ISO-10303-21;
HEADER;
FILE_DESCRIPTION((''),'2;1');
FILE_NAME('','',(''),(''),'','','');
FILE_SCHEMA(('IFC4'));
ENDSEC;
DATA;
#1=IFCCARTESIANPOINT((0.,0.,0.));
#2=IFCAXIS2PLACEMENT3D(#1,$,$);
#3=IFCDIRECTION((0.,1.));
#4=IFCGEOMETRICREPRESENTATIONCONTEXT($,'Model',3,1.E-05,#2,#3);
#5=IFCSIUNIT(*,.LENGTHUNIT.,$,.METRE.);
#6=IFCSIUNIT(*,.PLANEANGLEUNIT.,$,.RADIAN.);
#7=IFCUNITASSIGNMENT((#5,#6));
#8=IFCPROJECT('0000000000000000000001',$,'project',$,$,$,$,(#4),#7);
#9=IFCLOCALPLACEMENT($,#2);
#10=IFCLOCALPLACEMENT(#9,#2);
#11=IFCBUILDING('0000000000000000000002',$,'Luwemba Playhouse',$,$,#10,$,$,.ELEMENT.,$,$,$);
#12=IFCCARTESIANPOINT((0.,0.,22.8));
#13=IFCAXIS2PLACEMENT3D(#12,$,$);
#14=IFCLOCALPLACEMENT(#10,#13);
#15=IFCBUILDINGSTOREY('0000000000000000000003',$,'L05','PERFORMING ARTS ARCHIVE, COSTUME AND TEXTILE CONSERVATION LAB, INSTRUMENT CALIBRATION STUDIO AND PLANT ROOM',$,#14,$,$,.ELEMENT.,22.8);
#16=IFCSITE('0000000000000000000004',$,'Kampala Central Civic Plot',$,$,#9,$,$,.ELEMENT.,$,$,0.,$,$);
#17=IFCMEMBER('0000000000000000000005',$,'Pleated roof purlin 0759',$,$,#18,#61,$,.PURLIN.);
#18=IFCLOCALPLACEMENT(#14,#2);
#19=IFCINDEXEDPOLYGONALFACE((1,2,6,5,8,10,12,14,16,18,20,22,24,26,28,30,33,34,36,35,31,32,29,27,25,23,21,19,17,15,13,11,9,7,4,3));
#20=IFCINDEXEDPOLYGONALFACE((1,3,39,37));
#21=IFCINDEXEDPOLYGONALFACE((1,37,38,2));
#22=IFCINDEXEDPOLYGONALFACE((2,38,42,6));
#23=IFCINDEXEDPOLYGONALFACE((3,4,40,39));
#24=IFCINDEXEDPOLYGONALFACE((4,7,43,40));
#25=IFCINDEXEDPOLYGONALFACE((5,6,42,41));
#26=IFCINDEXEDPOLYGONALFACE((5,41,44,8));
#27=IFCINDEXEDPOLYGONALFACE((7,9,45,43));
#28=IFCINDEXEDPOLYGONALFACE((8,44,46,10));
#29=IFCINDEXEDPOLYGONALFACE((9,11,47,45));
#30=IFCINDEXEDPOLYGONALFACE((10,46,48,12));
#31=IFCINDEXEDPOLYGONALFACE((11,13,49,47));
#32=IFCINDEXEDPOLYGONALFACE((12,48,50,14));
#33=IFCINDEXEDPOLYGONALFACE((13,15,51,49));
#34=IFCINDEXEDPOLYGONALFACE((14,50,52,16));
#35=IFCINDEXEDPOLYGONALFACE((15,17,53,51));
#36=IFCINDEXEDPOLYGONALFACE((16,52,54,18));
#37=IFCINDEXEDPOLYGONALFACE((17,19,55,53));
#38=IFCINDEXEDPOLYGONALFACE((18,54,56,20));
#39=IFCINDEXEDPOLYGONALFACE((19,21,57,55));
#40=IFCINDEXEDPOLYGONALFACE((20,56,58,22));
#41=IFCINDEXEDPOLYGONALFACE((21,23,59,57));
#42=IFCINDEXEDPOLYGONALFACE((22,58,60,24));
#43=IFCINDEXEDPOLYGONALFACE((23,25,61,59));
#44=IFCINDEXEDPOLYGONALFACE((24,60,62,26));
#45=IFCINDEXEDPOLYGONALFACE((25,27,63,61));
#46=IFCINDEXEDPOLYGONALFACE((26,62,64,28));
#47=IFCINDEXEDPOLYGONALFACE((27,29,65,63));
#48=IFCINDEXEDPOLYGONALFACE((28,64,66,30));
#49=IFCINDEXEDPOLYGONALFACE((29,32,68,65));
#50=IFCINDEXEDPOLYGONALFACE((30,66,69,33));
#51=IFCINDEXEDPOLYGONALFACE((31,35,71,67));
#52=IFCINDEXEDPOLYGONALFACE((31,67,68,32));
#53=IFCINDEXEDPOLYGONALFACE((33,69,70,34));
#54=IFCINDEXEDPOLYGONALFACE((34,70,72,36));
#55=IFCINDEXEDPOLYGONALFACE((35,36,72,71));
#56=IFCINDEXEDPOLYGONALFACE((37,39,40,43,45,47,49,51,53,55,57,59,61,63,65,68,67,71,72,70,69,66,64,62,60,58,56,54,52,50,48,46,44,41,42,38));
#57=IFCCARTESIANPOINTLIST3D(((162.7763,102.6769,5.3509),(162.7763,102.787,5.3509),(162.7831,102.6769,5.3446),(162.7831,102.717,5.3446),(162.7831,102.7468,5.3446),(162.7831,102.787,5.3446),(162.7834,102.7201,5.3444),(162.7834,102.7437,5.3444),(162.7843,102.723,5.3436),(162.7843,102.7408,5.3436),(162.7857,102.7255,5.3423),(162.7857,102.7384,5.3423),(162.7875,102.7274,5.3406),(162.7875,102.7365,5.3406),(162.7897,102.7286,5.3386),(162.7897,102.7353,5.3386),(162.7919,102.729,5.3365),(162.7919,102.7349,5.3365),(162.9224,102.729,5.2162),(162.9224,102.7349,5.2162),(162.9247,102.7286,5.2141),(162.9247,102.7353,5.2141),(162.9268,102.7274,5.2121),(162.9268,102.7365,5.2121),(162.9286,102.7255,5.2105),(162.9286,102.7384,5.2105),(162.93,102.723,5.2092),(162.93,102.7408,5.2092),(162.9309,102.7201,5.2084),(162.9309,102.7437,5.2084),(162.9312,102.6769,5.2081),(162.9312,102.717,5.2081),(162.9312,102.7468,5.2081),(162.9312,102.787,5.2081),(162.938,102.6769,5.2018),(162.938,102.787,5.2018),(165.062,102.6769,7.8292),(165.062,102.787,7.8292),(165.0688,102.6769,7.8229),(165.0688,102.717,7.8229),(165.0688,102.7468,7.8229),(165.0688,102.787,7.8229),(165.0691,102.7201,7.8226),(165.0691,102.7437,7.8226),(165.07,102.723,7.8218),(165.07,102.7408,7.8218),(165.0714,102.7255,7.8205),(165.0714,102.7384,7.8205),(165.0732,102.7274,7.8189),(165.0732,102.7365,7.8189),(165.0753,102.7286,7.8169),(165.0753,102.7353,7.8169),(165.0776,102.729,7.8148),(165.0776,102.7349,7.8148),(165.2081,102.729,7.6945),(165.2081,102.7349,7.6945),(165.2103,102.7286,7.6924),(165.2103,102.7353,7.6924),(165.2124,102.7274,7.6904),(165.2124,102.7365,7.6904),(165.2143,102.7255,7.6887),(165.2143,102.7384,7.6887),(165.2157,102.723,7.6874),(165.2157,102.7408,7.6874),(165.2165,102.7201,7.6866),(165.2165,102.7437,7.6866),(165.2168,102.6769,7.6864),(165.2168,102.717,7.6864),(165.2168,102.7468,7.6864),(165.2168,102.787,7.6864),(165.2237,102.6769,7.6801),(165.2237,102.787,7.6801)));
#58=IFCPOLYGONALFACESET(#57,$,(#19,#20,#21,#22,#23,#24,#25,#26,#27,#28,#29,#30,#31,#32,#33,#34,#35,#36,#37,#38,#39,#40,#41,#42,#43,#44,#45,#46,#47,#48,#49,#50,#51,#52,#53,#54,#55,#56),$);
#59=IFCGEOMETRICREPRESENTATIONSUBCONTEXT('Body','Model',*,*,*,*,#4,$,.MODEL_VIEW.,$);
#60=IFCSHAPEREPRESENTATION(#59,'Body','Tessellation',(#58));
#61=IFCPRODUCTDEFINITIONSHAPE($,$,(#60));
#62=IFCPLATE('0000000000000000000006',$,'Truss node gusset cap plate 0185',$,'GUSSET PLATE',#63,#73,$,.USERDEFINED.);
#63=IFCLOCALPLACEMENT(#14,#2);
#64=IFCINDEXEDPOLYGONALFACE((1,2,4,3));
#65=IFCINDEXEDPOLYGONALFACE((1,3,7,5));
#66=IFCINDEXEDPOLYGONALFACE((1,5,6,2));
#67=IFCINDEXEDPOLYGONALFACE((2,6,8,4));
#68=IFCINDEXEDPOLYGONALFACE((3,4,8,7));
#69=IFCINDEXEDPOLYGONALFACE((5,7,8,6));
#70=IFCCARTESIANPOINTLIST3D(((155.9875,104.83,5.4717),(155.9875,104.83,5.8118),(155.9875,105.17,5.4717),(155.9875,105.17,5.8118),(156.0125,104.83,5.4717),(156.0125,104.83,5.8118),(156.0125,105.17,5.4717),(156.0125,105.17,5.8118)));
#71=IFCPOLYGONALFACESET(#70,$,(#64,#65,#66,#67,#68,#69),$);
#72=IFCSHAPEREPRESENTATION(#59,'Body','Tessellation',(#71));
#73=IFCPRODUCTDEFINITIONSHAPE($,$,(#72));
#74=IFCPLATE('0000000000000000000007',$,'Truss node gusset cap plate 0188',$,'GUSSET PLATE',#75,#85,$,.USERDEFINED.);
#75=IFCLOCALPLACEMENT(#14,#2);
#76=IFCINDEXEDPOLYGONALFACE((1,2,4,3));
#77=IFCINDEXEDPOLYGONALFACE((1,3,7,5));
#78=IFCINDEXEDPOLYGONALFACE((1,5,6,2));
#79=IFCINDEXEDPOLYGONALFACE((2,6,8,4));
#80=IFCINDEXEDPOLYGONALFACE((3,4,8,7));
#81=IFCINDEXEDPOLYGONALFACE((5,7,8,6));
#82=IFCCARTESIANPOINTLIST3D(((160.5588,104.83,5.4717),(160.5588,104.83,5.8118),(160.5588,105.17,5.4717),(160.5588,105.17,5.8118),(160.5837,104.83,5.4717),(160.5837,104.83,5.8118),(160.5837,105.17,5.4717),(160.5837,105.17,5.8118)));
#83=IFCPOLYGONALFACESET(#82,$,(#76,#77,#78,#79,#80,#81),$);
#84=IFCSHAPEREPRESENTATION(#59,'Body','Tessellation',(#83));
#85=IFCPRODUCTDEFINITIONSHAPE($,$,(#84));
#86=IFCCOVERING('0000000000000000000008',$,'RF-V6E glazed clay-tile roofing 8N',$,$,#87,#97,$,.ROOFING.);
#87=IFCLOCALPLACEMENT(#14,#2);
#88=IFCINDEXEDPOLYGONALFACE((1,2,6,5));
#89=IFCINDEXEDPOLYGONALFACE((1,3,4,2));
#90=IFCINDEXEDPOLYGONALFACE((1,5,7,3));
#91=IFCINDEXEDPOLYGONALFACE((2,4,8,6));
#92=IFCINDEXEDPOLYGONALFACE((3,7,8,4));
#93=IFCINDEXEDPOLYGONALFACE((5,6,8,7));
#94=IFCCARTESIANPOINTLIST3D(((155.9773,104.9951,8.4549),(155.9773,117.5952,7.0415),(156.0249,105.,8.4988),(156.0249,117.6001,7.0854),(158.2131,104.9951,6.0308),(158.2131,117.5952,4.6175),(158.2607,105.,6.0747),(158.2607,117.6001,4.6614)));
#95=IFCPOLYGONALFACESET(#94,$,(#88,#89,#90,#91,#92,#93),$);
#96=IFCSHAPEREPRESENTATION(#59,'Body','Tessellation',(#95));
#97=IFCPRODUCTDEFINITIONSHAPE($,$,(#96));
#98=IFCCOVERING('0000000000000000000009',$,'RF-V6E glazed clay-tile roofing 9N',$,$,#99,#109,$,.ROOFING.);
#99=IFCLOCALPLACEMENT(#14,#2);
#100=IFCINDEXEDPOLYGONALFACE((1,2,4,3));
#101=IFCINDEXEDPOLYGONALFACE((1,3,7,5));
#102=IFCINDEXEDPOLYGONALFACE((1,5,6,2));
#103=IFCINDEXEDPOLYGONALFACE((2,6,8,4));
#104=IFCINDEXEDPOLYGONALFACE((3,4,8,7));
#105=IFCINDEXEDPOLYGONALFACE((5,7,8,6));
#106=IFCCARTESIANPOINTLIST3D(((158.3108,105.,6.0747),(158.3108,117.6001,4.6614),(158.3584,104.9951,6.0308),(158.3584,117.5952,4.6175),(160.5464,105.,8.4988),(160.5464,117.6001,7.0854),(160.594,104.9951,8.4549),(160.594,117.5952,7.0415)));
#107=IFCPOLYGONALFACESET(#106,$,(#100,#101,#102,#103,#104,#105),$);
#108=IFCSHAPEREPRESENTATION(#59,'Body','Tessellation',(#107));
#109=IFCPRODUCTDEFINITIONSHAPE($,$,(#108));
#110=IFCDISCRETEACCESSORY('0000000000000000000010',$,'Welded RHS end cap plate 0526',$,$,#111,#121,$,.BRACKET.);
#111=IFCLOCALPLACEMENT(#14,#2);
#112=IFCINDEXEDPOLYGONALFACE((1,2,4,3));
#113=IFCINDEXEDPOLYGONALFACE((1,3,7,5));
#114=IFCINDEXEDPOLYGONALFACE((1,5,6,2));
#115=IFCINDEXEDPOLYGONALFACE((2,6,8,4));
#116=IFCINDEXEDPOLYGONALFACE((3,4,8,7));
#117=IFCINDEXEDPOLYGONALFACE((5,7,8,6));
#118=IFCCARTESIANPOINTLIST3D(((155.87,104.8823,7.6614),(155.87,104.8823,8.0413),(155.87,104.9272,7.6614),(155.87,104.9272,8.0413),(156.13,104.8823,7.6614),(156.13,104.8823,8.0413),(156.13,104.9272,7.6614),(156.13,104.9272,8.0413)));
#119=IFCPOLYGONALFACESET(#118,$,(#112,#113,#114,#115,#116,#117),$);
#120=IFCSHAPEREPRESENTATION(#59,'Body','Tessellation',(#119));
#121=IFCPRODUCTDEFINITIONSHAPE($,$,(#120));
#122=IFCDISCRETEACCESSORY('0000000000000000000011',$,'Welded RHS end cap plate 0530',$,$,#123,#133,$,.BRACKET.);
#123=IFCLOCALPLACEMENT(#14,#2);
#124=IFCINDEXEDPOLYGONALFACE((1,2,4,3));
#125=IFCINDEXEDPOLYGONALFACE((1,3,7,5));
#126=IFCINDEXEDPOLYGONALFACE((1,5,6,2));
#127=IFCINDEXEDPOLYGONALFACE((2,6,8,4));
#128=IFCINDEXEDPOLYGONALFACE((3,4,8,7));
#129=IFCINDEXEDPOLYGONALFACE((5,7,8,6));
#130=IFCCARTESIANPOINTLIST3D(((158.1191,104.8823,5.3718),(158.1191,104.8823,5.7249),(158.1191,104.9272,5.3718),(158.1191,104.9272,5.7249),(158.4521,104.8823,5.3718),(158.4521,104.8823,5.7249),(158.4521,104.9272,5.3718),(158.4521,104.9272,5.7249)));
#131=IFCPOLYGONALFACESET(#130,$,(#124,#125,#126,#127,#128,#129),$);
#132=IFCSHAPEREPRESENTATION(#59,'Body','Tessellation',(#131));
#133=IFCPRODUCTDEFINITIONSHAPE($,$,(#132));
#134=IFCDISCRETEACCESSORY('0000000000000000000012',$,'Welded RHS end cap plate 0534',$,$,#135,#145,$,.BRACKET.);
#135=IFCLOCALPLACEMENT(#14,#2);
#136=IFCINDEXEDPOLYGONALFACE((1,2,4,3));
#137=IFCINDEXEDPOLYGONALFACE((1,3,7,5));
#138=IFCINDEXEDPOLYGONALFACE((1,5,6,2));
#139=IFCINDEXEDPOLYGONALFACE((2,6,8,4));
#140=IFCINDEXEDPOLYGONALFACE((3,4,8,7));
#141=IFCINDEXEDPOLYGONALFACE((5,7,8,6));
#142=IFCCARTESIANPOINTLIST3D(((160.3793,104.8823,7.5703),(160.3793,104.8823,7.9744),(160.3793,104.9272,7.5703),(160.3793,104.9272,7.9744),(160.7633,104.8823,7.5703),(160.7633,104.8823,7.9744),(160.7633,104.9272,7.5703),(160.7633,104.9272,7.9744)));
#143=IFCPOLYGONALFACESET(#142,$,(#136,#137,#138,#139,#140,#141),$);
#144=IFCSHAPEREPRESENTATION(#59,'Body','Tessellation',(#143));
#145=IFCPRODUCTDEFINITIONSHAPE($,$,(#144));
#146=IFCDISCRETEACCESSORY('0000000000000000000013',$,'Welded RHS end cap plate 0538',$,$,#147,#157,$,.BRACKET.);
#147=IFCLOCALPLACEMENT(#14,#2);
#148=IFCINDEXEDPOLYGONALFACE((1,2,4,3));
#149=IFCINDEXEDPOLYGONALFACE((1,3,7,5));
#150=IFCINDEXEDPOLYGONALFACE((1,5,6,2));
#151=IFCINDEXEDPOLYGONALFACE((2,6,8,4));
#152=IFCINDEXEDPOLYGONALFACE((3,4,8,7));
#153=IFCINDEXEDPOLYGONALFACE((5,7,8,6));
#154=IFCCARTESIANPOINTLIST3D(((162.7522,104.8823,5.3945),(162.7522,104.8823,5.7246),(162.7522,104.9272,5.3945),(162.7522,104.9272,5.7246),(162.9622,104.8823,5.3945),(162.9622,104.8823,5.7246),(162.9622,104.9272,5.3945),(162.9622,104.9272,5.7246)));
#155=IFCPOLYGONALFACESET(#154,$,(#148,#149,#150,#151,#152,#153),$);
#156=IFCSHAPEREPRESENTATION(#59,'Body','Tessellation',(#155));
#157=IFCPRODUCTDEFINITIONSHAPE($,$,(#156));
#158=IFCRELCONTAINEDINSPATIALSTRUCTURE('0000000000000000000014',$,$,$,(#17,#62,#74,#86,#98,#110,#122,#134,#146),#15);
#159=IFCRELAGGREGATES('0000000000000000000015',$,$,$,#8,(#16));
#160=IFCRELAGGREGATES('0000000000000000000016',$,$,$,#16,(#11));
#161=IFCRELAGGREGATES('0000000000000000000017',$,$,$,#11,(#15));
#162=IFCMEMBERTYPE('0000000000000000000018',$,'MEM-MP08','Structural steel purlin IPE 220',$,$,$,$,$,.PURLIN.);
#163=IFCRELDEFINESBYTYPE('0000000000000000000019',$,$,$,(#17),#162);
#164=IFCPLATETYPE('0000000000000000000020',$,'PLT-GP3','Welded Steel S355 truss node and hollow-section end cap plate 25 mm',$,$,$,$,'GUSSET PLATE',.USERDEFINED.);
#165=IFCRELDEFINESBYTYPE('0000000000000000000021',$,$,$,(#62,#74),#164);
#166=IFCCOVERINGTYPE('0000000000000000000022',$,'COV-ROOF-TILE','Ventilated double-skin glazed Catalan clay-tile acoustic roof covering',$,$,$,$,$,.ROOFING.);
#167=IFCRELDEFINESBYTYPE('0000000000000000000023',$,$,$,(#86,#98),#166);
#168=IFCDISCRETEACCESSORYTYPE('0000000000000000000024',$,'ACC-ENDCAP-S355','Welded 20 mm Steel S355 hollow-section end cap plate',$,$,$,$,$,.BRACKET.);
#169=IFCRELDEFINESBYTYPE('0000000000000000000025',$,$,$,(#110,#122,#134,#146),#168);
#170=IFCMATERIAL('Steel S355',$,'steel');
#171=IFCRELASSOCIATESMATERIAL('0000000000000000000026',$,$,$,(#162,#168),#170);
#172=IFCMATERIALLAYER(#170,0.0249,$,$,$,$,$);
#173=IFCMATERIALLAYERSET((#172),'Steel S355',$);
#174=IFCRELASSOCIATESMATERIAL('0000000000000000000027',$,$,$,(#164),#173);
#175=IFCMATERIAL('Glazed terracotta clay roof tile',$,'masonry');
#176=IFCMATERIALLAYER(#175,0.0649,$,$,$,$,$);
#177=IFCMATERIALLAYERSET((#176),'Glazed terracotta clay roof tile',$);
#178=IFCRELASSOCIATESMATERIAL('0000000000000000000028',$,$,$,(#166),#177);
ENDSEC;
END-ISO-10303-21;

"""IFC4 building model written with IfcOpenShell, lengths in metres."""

from ifc_helpers import new_model, si_unit, direction, frame, origin, origin_2d, place, context, subcontext, project, spatial, polyline, rectangle, i_section, outline, extrude, material, layer, layer_set, material_profile, profile_set, type_object, element, save


model = new_model("IFC4")

# Units and contexts
model_context = context("Model", 3, precision=1e-05, world=origin(), true_north=direction((0.0, 1.0)))
body_context = subcontext(model_context, "Body", "Model", "MODEL_VIEW")
ifc_project = project(units=[si_unit("LENGTHUNIT", "METRE"), si_unit("PLANEANGLEUNIT", "RADIAN")], contexts=[model_context])

# Site, building, storey
site_placement = place(None, origin())
site = spatial("IfcSite", under=ifc_project, at=site_placement, Name="Kampala Central Civic Plot", CompositionType="ELEMENT", RefElevation=0.0)
building_placement = place(site_placement, origin())
building = spatial("IfcBuilding", under=site, at=building_placement, Name="Luwemba Playhouse", CompositionType="ELEMENT")
storey_placement = place(building_placement, frame((0.0, 0.0, 22.8)))
storey = spatial("IfcBuildingStorey", under=building, at=storey_placement, Name="L05", Description="PERFORMING ARTS ARCHIVE, COSTUME AND TEXTILE CONSERVATION LAB, INSTRUMENT CALIBRATION STUDIO AND PLANT ROOM", CompositionType="ELEMENT", Elevation=22.8)

# Shared definitions
ifc_material_1 = material(Name="Steel S355", Category="steel")

# Member
ifc_material_profile_1 = material_profile(ifc_material_1, i_section(OverallWidth=0.1101, OverallDepth=0.22, WebThickness=0.0059, FlangeThickness=0.0093, FilletRadius=0.012, at=origin_2d()))
ifc_profile_set_1 = profile_set([ifc_material_profile_1], Name="Steel S355")
member_type_1 = type_object("IfcMemberType", Name="MEM-MP08", Description="Structural steel purlin IPE 220", PredefinedType="PURLIN", material=ifc_profile_set_1)
member_1_placement = place(storey_placement, frame((162.8572, 102.7319, 5.2764), z_axis=(0.677961, 0.0, 0.735098), x_axis=(0.0, 1.0, 0.0)))
element("IfcMember", 1, at=member_1_placement, inside=storey, type_object=member_type_1, Name="Pleated roof purlin 0759", PredefinedType="PURLIN", context=body_context, shape_type="SweptSolid", body=[
    extrude(i_section(OverallWidth=0.1101, OverallDepth=0.22, WebThickness=0.0059, FlangeThickness=0.0093, FilletRadius=0.012, at=origin_2d()), origin(), (0.0, 0.0, 1.0), 3.3713),
])

# Plates
ifc_layer_1 = layer(ifc_material_1, 0.0249)
ifc_layer_set_1 = layer_set([ifc_layer_1], Name="Steel S355")
plate_type = type_object("IfcPlateType", Name="PLT-GP3", Description="Welded Steel S355 truss node and hollow-section end cap plate 25 mm", ElementType="GUSSET PLATE", PredefinedType="USERDEFINED", material=ifc_layer_set_1)
for number, where, z_axis, x_axis, name in (
    (2, (156.0, 105.0, 5.4717), (0.0, 0.0, 1.0), (1.0, 0.0, 0.0), "Truss node gusset cap plate 0185"),
    (3, (160.5713, 105.0, 5.4717), (0.0, 0.0, 1.0), (1.0, 0.0, 0.0), "Truss node gusset cap plate 0188"),
):
    element("IfcPlate", number, at=place(storey_placement, frame(where, z_axis=z_axis, x_axis=x_axis)), inside=storey, type_object=plate_type, Name=name, ObjectType="GUSSET PLATE", PredefinedType="USERDEFINED", context=body_context, shape_type="SweptSolid", body=[
        extrude(rectangle(XDim=0.0249, YDim=0.3401, at=origin_2d()), origin(), (0.0, 0.0, 1.0), 0.3401),
    ])

# Coverings
ifc_material_2 = material(Name="Glazed terracotta clay roof tile", Category="masonry")
ifc_layer_2 = layer(ifc_material_2, 0.0649)
ifc_layer_set_2 = layer_set([ifc_layer_2], Name="Glazed terracotta clay roof tile")
covering_type = type_object("IfcCoveringType", Name="COV-ROOF-TILE", Description="Ventilated double-skin glazed Catalan clay-tile acoustic roof covering", PredefinedType="ROOFING", material=ifc_layer_set_2)
covering_1_placement = place(storey_placement, frame((156.0249, 105.0, 8.4988), z_axis=(0.732954, 0.07583, 0.676039), x_axis=(0.677991, 0.0, -0.73507)))
element("IfcCovering", 4, at=covering_1_placement, inside=storey, type_object=covering_type, Name="RF-V6E glazed clay-tile roofing 8N", PredefinedType="ROOFING", context=body_context, shape_type="SweptSolid", body=[
    extrude(outline(polyline([(0.0, 0.0), (3.2977, 0.0), (4.3366, 12.6365), (1.0389, 12.6365), (0.0, 0.0)])), origin(), (0.0, 0.0, -1.0), 0.0649),
])
covering_2_placement = place(storey_placement, frame((158.3108, 105.0, 6.0747), z_axis=(-0.732991, 0.075826, 0.675999), x_axis=(0.677951, 0.0, 0.735107)))
element("IfcCovering", 5, at=covering_2_placement, inside=storey, type_object=covering_type, Name="RF-V6E glazed clay-tile roofing 9N", PredefinedType="ROOFING", context=body_context, shape_type="SweptSolid", body=[
    extrude(outline(polyline([(0.0, 0.0), (3.2976, 0.0), (2.2586, 12.6365), (-1.0389, 12.6365), (0.0, 0.0)])), origin(), (0.0, 0.0, -1.0), 0.0649),
])

# Discrete accessories
discrete_accessory_type = type_object("IfcDiscreteAccessoryType", Name="ACC-ENDCAP-S355", Description="Welded 20 mm Steel S355 hollow-section end cap plate", PredefinedType="BRACKET", material=ifc_material_1)
discrete_accessory_1_placement = place(storey_placement, frame((156.0, 104.9048, 7.6614), z_axis=(0.0, 0.0, 1.0), x_axis=(1.0, 0.0, 0.0)))
element("IfcDiscreteAccessory", 6, at=discrete_accessory_1_placement, inside=storey, type_object=discrete_accessory_type, Name="Welded RHS end cap plate 0526", PredefinedType="BRACKET", context=body_context, shape_type="SweptSolid", body=[
    extrude(rectangle(XDim=0.26, YDim=0.0449, at=origin_2d()), origin(), (0.0, 0.0, 1.0), 0.3799),
])
discrete_accessory_2_placement = place(storey_placement, frame((158.2856, 104.9048, 5.3718), z_axis=(0.0, 0.0, 1.0), x_axis=(1.0, 0.0, 0.0)))
element("IfcDiscreteAccessory", 7, at=discrete_accessory_2_placement, inside=storey, type_object=discrete_accessory_type, Name="Welded RHS end cap plate 0530", PredefinedType="BRACKET", context=body_context, shape_type="SweptSolid", body=[
    extrude(rectangle(XDim=0.333, YDim=0.0449, at=origin_2d()), origin(), (0.0, 0.0, 1.0), 0.353),
])
discrete_accessory_3_placement = place(storey_placement, frame((160.5713, 104.9048, 7.5703), z_axis=(0.0, 0.0, 1.0), x_axis=(1.0, 0.0, 0.0)))
element("IfcDiscreteAccessory", 8, at=discrete_accessory_3_placement, inside=storey, type_object=discrete_accessory_type, Name="Welded RHS end cap plate 0534", PredefinedType="BRACKET", context=body_context, shape_type="SweptSolid", body=[
    extrude(rectangle(XDim=0.384, YDim=0.0449, at=origin_2d()), origin(), (0.0, 0.0, 1.0), 0.4041),
])
discrete_accessory_4_placement = place(storey_placement, frame((162.8572, 104.9048, 5.3945), z_axis=(0.0, 0.0, 1.0), x_axis=(1.0, 0.0, 0.0)))
element("IfcDiscreteAccessory", 9, at=discrete_accessory_4_placement, inside=storey, type_object=discrete_accessory_type, Name="Welded RHS end cap plate 0538", PredefinedType="BRACKET", context=body_context, shape_type="SweptSolid", body=[
    extrude(rectangle(XDim=0.21, YDim=0.0449, at=origin_2d()), origin(), (0.0, 0.0, 1.0), 0.3301),
])

save(model, "model.ifc")
